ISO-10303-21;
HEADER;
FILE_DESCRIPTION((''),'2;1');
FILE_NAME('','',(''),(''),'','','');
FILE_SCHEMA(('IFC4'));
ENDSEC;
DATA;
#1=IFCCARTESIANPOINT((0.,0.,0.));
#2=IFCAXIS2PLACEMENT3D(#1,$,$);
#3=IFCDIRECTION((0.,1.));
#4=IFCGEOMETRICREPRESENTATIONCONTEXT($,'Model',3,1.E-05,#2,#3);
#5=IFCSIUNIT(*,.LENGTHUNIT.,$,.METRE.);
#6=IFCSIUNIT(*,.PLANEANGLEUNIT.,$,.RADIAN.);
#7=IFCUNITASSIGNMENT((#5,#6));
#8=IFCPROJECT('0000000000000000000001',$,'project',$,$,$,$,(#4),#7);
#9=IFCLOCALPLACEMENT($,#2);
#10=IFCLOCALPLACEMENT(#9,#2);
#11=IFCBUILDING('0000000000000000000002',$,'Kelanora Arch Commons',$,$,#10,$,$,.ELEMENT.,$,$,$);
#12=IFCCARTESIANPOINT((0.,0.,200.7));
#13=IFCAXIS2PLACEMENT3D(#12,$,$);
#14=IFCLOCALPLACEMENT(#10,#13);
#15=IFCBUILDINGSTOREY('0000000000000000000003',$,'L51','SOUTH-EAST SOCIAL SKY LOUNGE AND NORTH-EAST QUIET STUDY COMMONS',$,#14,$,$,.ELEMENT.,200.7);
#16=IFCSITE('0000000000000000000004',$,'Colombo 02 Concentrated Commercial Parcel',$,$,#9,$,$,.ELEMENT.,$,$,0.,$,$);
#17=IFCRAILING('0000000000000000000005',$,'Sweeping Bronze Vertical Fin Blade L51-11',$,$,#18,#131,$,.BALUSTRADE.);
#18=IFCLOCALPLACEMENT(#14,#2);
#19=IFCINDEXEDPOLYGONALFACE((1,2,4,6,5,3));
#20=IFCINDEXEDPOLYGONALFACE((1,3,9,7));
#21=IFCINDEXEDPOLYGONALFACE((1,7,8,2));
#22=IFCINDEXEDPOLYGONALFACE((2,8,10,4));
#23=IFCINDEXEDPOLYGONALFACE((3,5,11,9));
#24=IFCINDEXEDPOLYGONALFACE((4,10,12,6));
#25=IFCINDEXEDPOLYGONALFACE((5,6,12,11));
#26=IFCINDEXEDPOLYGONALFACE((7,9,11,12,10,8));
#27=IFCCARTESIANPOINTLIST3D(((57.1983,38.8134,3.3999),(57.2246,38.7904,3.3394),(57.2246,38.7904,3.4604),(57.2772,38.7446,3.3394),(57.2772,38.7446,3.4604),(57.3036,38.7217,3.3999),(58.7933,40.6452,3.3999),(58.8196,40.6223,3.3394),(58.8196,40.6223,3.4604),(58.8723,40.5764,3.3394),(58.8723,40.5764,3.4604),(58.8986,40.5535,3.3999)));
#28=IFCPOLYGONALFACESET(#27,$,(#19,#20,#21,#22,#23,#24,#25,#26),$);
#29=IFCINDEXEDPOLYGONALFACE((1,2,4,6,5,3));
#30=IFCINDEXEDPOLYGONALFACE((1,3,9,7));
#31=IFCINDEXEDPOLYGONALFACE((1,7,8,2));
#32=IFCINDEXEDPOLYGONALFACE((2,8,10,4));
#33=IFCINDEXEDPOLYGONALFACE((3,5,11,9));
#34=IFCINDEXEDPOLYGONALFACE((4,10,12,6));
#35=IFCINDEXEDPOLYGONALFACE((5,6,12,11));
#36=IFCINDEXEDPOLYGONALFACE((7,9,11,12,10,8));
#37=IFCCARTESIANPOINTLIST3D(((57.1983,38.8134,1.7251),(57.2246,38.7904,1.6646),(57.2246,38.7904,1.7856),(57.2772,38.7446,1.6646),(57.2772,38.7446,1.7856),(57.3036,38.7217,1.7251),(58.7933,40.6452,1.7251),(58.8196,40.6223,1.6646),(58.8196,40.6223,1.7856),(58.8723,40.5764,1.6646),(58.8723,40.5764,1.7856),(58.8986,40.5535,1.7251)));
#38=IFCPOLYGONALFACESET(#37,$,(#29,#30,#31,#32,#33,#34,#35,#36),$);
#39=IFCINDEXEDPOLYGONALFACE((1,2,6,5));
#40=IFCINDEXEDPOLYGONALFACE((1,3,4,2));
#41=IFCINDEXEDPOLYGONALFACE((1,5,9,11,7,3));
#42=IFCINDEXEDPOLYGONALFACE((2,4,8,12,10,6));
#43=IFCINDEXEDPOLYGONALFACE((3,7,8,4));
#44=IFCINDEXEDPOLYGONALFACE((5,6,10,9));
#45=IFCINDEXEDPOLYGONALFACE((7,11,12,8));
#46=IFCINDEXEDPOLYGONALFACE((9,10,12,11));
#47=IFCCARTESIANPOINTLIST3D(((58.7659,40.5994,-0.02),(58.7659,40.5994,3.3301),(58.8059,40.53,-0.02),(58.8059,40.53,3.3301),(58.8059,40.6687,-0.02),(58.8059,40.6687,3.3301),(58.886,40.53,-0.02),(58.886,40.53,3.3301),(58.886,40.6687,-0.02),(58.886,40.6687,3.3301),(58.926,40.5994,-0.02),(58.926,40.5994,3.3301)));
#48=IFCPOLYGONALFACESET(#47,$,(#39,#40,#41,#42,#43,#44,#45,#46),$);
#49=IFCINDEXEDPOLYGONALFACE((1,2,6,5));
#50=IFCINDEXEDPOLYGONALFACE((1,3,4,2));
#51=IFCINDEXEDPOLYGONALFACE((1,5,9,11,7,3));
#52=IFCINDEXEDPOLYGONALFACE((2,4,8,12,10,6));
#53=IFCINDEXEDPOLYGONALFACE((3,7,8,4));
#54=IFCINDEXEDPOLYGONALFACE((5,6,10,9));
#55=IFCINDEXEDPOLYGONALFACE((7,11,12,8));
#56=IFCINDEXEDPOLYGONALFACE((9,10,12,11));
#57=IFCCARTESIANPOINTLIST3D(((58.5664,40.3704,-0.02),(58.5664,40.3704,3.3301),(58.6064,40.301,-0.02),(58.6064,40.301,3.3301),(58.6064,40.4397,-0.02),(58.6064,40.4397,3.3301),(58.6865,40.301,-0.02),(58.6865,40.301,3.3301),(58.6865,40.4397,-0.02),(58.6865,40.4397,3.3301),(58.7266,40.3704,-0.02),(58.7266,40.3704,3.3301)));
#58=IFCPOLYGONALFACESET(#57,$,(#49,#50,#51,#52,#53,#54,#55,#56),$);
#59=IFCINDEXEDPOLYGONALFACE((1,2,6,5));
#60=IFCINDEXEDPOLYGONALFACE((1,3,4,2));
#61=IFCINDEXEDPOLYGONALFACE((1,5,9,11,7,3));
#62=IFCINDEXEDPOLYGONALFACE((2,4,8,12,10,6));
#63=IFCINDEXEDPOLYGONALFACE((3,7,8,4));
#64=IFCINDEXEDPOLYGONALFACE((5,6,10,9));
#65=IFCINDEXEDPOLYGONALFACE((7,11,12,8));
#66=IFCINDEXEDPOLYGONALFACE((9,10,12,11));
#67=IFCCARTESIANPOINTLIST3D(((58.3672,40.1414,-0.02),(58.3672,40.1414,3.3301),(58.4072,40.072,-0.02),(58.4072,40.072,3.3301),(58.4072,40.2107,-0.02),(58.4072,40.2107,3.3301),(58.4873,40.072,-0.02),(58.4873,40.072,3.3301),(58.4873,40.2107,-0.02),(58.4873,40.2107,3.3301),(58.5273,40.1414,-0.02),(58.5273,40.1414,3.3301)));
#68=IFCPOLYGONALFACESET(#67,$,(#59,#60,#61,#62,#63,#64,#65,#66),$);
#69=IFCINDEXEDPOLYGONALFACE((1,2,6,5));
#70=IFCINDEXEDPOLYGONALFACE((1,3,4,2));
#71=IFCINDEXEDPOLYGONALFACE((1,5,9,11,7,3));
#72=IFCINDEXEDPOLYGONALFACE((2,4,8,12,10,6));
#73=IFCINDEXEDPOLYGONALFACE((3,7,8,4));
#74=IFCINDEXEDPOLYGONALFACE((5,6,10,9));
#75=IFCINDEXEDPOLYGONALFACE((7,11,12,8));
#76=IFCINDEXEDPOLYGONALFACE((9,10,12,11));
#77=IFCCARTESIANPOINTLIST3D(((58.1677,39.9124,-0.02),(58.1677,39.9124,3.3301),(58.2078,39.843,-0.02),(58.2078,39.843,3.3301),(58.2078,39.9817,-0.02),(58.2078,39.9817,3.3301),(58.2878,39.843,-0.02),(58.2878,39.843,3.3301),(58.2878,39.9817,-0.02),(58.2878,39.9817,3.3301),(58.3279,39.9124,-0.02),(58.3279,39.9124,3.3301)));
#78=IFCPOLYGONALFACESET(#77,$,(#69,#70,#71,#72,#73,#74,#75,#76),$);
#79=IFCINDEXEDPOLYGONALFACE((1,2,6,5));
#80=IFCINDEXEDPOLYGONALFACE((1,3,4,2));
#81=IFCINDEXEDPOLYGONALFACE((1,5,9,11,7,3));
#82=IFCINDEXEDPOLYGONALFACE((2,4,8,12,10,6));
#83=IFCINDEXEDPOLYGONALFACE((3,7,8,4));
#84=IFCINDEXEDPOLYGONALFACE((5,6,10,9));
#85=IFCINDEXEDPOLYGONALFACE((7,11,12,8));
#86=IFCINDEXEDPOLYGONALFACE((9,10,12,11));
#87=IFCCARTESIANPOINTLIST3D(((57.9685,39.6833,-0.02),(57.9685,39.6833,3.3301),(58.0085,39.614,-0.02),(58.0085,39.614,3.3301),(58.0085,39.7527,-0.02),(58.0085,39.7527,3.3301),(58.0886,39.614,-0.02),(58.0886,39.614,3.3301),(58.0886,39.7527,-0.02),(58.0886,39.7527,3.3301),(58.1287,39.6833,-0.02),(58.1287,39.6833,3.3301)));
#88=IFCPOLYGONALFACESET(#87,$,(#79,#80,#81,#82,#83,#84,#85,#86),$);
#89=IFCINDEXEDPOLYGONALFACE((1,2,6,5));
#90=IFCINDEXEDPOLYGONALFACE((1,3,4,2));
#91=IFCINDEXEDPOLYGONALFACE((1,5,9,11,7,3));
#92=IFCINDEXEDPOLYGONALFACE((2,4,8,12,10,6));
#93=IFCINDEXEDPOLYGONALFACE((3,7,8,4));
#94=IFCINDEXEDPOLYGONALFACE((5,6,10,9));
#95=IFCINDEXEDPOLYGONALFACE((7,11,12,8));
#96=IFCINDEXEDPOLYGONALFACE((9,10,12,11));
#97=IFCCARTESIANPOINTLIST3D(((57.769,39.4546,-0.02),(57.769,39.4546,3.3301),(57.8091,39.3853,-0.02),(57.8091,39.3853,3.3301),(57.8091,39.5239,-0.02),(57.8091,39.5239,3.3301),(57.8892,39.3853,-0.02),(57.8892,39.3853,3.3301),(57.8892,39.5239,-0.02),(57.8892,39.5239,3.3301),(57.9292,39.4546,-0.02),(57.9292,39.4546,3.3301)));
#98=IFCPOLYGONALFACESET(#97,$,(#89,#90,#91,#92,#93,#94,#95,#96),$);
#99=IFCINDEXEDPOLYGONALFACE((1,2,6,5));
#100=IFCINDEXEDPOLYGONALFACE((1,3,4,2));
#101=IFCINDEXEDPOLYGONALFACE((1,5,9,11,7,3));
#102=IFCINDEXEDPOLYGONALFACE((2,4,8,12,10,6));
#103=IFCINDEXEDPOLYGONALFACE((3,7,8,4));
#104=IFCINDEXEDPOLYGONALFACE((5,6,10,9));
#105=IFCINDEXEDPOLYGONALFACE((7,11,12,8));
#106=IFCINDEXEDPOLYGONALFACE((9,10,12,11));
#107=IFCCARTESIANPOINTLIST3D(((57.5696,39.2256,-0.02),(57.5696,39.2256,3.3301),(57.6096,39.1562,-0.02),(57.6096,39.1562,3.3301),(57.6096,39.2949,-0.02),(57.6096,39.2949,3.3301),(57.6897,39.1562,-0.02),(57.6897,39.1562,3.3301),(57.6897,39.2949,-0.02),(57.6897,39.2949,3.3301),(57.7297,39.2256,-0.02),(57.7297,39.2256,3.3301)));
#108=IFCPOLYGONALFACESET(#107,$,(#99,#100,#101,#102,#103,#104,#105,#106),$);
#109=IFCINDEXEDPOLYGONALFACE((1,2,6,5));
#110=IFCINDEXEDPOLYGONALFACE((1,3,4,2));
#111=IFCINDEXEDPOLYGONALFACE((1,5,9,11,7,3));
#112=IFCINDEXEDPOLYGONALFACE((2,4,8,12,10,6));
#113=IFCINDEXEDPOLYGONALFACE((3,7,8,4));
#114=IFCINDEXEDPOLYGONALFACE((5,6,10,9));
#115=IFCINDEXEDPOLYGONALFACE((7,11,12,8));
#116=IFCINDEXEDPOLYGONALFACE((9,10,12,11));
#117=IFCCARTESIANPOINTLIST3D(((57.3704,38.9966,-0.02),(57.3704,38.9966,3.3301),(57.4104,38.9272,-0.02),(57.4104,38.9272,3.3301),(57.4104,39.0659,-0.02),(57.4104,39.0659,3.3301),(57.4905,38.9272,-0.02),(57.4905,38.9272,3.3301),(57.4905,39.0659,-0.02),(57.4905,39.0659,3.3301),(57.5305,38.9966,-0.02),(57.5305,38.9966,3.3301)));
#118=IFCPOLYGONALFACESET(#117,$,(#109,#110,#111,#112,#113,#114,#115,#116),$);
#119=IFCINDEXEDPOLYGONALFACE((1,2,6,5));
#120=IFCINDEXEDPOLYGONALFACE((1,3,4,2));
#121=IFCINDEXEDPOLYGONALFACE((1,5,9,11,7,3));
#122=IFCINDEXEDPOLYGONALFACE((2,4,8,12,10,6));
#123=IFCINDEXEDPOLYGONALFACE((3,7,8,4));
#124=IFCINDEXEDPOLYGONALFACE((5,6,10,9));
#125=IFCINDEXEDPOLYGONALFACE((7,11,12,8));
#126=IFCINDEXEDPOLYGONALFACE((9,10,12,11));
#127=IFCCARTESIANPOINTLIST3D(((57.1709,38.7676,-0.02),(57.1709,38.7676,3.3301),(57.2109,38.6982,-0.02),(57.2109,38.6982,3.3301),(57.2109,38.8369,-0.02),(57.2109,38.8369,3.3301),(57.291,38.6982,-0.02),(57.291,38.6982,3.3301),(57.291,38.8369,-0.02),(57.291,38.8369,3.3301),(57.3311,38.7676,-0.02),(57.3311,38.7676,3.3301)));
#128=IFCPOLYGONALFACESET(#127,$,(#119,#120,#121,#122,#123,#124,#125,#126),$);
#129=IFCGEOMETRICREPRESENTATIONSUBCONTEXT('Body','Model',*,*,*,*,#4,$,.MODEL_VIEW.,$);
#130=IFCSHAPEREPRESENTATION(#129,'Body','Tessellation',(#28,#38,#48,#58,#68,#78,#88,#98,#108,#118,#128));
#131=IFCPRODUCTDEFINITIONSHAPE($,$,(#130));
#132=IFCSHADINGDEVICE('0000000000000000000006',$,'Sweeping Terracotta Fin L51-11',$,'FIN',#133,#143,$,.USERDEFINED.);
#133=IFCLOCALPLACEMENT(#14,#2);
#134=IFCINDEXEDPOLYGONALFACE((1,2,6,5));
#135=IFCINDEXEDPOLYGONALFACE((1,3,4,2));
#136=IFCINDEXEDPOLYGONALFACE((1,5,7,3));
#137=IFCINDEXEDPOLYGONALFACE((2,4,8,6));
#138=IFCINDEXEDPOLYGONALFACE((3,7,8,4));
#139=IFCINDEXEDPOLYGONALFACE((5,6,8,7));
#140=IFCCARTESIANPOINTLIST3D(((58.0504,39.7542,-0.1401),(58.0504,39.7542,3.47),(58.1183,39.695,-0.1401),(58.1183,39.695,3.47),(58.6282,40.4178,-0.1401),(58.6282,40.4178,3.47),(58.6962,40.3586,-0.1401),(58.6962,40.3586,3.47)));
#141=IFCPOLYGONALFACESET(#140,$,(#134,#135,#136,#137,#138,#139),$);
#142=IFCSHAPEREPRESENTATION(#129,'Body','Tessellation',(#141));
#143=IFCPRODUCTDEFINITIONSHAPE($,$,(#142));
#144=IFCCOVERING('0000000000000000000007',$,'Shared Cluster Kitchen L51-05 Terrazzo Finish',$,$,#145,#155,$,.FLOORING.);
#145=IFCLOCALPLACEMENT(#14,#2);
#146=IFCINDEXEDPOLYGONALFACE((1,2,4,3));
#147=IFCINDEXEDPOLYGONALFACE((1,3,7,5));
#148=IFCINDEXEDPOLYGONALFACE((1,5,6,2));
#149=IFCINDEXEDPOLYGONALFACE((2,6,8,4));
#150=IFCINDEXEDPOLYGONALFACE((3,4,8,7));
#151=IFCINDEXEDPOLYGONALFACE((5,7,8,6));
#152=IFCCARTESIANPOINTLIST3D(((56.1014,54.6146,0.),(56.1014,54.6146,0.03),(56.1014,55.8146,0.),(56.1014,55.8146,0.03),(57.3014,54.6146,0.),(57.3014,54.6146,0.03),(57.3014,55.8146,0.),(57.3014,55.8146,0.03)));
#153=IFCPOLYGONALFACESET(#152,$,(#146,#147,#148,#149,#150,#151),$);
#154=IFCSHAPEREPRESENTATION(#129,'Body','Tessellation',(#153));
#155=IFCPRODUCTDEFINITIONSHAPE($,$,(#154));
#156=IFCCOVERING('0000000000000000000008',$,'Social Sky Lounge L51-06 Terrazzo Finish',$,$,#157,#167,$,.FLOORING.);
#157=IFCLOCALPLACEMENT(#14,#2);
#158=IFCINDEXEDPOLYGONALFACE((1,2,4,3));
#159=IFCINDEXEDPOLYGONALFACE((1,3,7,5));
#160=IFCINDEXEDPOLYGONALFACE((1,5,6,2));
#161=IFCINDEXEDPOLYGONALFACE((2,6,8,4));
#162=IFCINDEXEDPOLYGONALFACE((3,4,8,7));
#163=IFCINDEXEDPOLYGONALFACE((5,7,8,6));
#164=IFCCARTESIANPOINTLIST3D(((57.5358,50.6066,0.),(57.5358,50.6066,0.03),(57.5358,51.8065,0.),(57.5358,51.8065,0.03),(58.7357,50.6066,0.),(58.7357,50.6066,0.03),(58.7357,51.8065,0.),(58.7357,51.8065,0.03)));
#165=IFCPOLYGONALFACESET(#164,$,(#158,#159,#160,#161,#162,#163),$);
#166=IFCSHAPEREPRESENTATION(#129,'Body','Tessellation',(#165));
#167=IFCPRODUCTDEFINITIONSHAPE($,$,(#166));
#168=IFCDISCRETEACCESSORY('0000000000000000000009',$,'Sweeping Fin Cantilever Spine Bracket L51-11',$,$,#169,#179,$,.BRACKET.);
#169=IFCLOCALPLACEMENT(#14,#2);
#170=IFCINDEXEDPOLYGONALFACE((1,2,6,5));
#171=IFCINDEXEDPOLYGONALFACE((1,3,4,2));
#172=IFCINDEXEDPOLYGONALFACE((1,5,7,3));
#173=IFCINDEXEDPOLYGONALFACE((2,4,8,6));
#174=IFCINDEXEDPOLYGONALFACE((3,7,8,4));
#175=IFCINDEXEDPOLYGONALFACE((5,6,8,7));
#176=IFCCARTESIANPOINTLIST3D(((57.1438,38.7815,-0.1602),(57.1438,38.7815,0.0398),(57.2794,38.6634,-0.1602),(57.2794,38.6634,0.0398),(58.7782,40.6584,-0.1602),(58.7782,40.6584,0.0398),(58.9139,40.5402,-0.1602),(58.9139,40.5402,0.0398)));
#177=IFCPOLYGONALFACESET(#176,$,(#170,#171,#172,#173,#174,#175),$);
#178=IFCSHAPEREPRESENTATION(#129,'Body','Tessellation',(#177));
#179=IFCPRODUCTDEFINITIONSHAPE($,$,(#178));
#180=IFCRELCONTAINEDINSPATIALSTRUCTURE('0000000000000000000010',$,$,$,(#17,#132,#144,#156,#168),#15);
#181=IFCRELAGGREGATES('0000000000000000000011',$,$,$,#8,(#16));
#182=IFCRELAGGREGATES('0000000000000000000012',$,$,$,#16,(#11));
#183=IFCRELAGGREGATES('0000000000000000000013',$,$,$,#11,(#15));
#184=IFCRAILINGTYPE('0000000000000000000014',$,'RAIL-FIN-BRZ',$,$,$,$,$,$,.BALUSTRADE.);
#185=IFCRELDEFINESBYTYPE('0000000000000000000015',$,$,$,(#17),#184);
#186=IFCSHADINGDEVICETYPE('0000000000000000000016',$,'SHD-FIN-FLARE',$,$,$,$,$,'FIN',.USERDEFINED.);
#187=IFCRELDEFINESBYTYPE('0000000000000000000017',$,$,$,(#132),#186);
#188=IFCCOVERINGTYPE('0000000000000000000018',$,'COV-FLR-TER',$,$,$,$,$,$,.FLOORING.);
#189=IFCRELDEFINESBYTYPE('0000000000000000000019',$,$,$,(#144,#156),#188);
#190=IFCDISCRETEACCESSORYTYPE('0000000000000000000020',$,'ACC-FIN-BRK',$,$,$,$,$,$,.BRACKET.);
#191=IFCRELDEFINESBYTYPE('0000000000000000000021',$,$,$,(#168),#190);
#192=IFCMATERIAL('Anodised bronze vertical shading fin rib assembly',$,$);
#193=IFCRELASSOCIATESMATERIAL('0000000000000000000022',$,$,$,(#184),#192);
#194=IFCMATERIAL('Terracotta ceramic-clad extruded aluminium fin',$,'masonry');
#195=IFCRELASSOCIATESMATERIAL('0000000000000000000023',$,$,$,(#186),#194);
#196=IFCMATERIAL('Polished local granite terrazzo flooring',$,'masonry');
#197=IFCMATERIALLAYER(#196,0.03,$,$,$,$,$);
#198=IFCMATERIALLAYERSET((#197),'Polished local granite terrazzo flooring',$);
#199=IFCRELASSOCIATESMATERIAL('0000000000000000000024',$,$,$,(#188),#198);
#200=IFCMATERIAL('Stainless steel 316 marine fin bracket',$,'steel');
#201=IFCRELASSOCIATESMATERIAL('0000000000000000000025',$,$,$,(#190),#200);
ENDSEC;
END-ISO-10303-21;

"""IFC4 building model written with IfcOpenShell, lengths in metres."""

from ifc_helpers import new_model, si_unit, direction, frame, origin, origin_2d, place, context, subcontext, project, spatial, polyline, rectangle, outline, extrude, source, transform, mapped, material, layer, layer_set, type_object, element, save


model = new_model("IFC4")

# Units and contexts
model_context = context("Model", 3, precision=1e-05, world=origin(), true_north=direction((0.0, 1.0)))
body_context = subcontext(model_context, "Body", "Model", "MODEL_VIEW")
ifc_project = project(units=[si_unit("LENGTHUNIT", "METRE"), si_unit("PLANEANGLEUNIT", "RADIAN")], contexts=[model_context])

# Site, building, storey
site_placement = place(None, origin())
site = spatial("IfcSite", under=ifc_project, at=site_placement, Name="Colombo 02 Concentrated Commercial Parcel", CompositionType="ELEMENT", RefElevation=0.0)
building_placement = place(site_placement, origin())
building = spatial("IfcBuilding", under=site, at=building_placement, Name="Kelanora Arch Commons", CompositionType="ELEMENT")
storey_placement = place(building_placement, frame((0.0, 0.0, 200.7)))
storey = spatial("IfcBuildingStorey", under=building, at=storey_placement, Name="L51", Description="SOUTH-EAST SOCIAL SKY LOUNGE AND NORTH-EAST QUIET STUDY COMMONS", CompositionType="ELEMENT", Elevation=200.7)

# Railing
ifc_material_1 = material(Name="Anodised bronze vertical shading fin rib assembly")
railing_type = type_object("IfcRailingType", Name="RAIL-FIN-BRZ", PredefinedType="BALUSTRADE", material=ifc_material_1)
railing_placement = place(storey_placement, frame((58.8459, 40.5994, -0.02)))
element("IfcRailing", 1, at=railing_placement, inside=storey, type_object=railing_type, Name="Sweeping Bronze Vertical Fin Blade L51-11", PredefinedType="BALUSTRADE", context=body_context, shape_type="SweptSolid", body=[
    extrude(outline(polyline([(0.0698, 0.0), (0.0349, 0.0605), (-0.0349, 0.0605), (-0.0698, 0.0), (-0.0349, -0.0605), (0.0349, -0.0605), (0.0698, 0.0)])), frame((0.0, 0.0, 3.4199), z_axis=(-0.656674, -0.754175, 0.0), x_axis=(0.754175, -0.656674, 0.0)), (0.0, 0.0, 1.0), 2.429),
    extrude(outline(polyline([(0.0698, 0.0), (0.0349, 0.0605), (-0.0349, 0.0605), (-0.0698, 0.0), (-0.0349, -0.0605), (0.0349, -0.0605), (0.0698, 0.0)])), frame((0.0, 0.0, 1.7451), z_axis=(-0.656674, -0.754175, 0.0), x_axis=(0.754175, -0.656674, 0.0)), (0.0, 0.0, 1.0), 2.429),
    extrude(outline(polyline([(0.0801, 0.0), (0.04, 0.0693), (-0.04, 0.0693), (-0.0801, 0.0), (-0.04, -0.0693), (0.04, -0.0693), (0.0801, 0.0)])), origin(), (0.0, 0.0, 1.0), 3.3501),
    extrude(outline(polyline([(0.0801, 0.0), (0.04, 0.0693), (-0.04, 0.0693), (-0.0801, 0.0), (-0.04, -0.0693), (0.04, -0.0693), (0.0801, 0.0)])), frame((-0.1995, -0.229, 0.0)), (0.0, 0.0, 1.0), 3.3501),
    extrude(outline(polyline([(0.0801, 0.0), (0.04, 0.0693), (-0.04, 0.0693), (-0.0801, 0.0), (-0.04, -0.0693), (0.04, -0.0693), (0.0801, 0.0)])), frame((-0.3987, -0.458, 0.0)), (0.0, 0.0, 1.0), 3.3501),
    extrude(outline(polyline([(0.0801, 0.0), (0.04, 0.0693), (-0.04, 0.0693), (-0.0801, 0.0), (-0.04, -0.0693), (0.04, -0.0693), (0.0801, 0.0)])), frame((-0.5981, -0.687, 0.0)), (0.0, 0.0, 1.0), 3.3501),
    extrude(outline(polyline([(0.0801, 0.0), (0.04, 0.0693), (-0.04, 0.0693), (-0.0801, 0.0), (-0.04, -0.0693), (0.04, -0.0693), (0.0801, 0.0)])), frame((-0.7974, -0.916, 0.0)), (0.0, 0.0, 1.0), 3.3501),
    extrude(outline(polyline([(0.0801, 0.0), (0.04, 0.0693), (-0.04, 0.0693), (-0.0801, 0.0), (-0.04, -0.0693), (0.04, -0.0693), (0.0801, 0.0)])), frame((-0.9968, -1.1448, 0.0)), (0.0, 0.0, 1.0), 3.3501),
    extrude(outline(polyline([(0.0801, 0.0), (0.04, 0.0693), (-0.04, 0.0693), (-0.0801, 0.0), (-0.04, -0.0693), (0.04, -0.0693), (0.0801, 0.0)])), frame((-1.1963, -1.3738, 0.0)), (0.0, 0.0, 1.0), 3.3501),
    extrude(outline(polyline([(0.0801, 0.0), (0.04, 0.0693), (-0.04, 0.0693), (-0.0801, 0.0), (-0.04, -0.0693), (0.04, -0.0693), (0.0801, 0.0)])), frame((-1.3955, -1.6028, 0.0)), (0.0, 0.0, 1.0), 3.3501),
    extrude(outline(polyline([(0.0801, 0.0), (0.04, 0.0693), (-0.04, 0.0693), (-0.0801, 0.0), (-0.04, -0.0693), (0.04, -0.0693), (0.0801, 0.0)])), frame((-1.595, -1.8318, 0.0)), (0.0, 0.0, 1.0), 3.3501),
])

# Shading device
ifc_material_2 = material(Name="Terracotta ceramic-clad extruded aluminium fin", Category="masonry")
shading_device_type = type_object("IfcShadingDeviceType", Name="SHD-FIN-FLARE", ElementType="FIN", PredefinedType="USERDEFINED", material=ifc_material_2)
shared_shape_1 = source(origin(), body_context, "Body", "SweptSolid", [
    extrude(rectangle(XDim=0.8799, YDim=0.0901, at=origin_2d()), origin(), (0.0, 0.0, 1.0), 3.6101),
])
shading_device_placement = place(storey_placement, frame((58.3733, 40.0564, -0.1401), z_axis=(0.0, 0.0, 1.0), x_axis=(-0.656717, -0.754137, 0.0)))
element("IfcShadingDevice", 2, at=shading_device_placement, inside=storey, type_object=shading_device_type, Name="Sweeping Terracotta Fin L51-11", ObjectType="FIN", PredefinedType="USERDEFINED", context=body_context, shape_type="MappedRepresentation", body=[
    mapped(shared_shape_1, transform((0.0, 0.0, 0.0), scale=1.0)),
])

# Coverings
ifc_material_3 = material(Name="Polished local granite terrazzo flooring", Category="masonry")
ifc_layer_1 = layer(ifc_material_3, 0.03)
ifc_layer_set_1 = layer_set([ifc_layer_1], Name="Polished local granite terrazzo flooring")
covering_type = type_object("IfcCoveringType", Name="COV-FLR-TER", PredefinedType="FLOORING", material=ifc_layer_set_1)
shared_shape_2 = source(origin(), body_context, "Body", "SweptSolid", [
    extrude(rectangle(XDim=1.2, YDim=1.2, at=origin_2d()), origin(), (0.0, 0.0, 1.0), 0.03),
])
for number, where, z_axis, x_axis, name in (
    (3, (56.7014, 55.2146, 0.0), (0.0, 0.0, 1.0), (1.0, 0.0, 0.0), "Shared Cluster Kitchen L51-05 Terrazzo Finish"),
    (4, (58.1357, 51.2065, 0.0), (0.0, 0.0, 1.0), (1.0, 0.0, 0.0), "Social Sky Lounge L51-06 Terrazzo Finish"),
):
    element("IfcCovering", number, at=place(storey_placement, frame(where, z_axis=z_axis, x_axis=x_axis)), inside=storey, type_object=covering_type, Name=name, PredefinedType="FLOORING", context=body_context, shape_type="MappedRepresentation", body=[
        mapped(shared_shape_2, transform((0.0, 0.0, 0.0), scale=1.0)),
    ])

# Discrete accessory
ifc_material_4 = material(Name="Stainless steel 316 marine fin bracket", Category="steel")
discrete_accessory_type = type_object("IfcDiscreteAccessoryType", Name="ACC-FIN-BRK", PredefinedType="BRACKET", material=ifc_material_4)
shared_shape_3 = source(origin(), body_context, "Body", "SweptSolid", [
    extrude(rectangle(XDim=2.4888, YDim=0.1799, at=origin_2d()), origin(), (0.0, 0.0, 1.0), 0.2),
])
discrete_accessory_placement = place(storey_placement, frame((58.0288, 39.6609, -0.1602), z_axis=(0.0, 0.0, 1.0), x_axis=(-0.656717, -0.754137, 0.0)))
element("IfcDiscreteAccessory", 5, at=discrete_accessory_placement, inside=storey, type_object=discrete_accessory_type, Name="Sweeping Fin Cantilever Spine Bracket L51-11", PredefinedType="BRACKET", context=body_context, shape_type="MappedRepresentation", body=[
    mapped(shared_shape_3, transform((0.0, 0.0, 0.0), scale=1.0)),
])

save(model, "model.ifc")
